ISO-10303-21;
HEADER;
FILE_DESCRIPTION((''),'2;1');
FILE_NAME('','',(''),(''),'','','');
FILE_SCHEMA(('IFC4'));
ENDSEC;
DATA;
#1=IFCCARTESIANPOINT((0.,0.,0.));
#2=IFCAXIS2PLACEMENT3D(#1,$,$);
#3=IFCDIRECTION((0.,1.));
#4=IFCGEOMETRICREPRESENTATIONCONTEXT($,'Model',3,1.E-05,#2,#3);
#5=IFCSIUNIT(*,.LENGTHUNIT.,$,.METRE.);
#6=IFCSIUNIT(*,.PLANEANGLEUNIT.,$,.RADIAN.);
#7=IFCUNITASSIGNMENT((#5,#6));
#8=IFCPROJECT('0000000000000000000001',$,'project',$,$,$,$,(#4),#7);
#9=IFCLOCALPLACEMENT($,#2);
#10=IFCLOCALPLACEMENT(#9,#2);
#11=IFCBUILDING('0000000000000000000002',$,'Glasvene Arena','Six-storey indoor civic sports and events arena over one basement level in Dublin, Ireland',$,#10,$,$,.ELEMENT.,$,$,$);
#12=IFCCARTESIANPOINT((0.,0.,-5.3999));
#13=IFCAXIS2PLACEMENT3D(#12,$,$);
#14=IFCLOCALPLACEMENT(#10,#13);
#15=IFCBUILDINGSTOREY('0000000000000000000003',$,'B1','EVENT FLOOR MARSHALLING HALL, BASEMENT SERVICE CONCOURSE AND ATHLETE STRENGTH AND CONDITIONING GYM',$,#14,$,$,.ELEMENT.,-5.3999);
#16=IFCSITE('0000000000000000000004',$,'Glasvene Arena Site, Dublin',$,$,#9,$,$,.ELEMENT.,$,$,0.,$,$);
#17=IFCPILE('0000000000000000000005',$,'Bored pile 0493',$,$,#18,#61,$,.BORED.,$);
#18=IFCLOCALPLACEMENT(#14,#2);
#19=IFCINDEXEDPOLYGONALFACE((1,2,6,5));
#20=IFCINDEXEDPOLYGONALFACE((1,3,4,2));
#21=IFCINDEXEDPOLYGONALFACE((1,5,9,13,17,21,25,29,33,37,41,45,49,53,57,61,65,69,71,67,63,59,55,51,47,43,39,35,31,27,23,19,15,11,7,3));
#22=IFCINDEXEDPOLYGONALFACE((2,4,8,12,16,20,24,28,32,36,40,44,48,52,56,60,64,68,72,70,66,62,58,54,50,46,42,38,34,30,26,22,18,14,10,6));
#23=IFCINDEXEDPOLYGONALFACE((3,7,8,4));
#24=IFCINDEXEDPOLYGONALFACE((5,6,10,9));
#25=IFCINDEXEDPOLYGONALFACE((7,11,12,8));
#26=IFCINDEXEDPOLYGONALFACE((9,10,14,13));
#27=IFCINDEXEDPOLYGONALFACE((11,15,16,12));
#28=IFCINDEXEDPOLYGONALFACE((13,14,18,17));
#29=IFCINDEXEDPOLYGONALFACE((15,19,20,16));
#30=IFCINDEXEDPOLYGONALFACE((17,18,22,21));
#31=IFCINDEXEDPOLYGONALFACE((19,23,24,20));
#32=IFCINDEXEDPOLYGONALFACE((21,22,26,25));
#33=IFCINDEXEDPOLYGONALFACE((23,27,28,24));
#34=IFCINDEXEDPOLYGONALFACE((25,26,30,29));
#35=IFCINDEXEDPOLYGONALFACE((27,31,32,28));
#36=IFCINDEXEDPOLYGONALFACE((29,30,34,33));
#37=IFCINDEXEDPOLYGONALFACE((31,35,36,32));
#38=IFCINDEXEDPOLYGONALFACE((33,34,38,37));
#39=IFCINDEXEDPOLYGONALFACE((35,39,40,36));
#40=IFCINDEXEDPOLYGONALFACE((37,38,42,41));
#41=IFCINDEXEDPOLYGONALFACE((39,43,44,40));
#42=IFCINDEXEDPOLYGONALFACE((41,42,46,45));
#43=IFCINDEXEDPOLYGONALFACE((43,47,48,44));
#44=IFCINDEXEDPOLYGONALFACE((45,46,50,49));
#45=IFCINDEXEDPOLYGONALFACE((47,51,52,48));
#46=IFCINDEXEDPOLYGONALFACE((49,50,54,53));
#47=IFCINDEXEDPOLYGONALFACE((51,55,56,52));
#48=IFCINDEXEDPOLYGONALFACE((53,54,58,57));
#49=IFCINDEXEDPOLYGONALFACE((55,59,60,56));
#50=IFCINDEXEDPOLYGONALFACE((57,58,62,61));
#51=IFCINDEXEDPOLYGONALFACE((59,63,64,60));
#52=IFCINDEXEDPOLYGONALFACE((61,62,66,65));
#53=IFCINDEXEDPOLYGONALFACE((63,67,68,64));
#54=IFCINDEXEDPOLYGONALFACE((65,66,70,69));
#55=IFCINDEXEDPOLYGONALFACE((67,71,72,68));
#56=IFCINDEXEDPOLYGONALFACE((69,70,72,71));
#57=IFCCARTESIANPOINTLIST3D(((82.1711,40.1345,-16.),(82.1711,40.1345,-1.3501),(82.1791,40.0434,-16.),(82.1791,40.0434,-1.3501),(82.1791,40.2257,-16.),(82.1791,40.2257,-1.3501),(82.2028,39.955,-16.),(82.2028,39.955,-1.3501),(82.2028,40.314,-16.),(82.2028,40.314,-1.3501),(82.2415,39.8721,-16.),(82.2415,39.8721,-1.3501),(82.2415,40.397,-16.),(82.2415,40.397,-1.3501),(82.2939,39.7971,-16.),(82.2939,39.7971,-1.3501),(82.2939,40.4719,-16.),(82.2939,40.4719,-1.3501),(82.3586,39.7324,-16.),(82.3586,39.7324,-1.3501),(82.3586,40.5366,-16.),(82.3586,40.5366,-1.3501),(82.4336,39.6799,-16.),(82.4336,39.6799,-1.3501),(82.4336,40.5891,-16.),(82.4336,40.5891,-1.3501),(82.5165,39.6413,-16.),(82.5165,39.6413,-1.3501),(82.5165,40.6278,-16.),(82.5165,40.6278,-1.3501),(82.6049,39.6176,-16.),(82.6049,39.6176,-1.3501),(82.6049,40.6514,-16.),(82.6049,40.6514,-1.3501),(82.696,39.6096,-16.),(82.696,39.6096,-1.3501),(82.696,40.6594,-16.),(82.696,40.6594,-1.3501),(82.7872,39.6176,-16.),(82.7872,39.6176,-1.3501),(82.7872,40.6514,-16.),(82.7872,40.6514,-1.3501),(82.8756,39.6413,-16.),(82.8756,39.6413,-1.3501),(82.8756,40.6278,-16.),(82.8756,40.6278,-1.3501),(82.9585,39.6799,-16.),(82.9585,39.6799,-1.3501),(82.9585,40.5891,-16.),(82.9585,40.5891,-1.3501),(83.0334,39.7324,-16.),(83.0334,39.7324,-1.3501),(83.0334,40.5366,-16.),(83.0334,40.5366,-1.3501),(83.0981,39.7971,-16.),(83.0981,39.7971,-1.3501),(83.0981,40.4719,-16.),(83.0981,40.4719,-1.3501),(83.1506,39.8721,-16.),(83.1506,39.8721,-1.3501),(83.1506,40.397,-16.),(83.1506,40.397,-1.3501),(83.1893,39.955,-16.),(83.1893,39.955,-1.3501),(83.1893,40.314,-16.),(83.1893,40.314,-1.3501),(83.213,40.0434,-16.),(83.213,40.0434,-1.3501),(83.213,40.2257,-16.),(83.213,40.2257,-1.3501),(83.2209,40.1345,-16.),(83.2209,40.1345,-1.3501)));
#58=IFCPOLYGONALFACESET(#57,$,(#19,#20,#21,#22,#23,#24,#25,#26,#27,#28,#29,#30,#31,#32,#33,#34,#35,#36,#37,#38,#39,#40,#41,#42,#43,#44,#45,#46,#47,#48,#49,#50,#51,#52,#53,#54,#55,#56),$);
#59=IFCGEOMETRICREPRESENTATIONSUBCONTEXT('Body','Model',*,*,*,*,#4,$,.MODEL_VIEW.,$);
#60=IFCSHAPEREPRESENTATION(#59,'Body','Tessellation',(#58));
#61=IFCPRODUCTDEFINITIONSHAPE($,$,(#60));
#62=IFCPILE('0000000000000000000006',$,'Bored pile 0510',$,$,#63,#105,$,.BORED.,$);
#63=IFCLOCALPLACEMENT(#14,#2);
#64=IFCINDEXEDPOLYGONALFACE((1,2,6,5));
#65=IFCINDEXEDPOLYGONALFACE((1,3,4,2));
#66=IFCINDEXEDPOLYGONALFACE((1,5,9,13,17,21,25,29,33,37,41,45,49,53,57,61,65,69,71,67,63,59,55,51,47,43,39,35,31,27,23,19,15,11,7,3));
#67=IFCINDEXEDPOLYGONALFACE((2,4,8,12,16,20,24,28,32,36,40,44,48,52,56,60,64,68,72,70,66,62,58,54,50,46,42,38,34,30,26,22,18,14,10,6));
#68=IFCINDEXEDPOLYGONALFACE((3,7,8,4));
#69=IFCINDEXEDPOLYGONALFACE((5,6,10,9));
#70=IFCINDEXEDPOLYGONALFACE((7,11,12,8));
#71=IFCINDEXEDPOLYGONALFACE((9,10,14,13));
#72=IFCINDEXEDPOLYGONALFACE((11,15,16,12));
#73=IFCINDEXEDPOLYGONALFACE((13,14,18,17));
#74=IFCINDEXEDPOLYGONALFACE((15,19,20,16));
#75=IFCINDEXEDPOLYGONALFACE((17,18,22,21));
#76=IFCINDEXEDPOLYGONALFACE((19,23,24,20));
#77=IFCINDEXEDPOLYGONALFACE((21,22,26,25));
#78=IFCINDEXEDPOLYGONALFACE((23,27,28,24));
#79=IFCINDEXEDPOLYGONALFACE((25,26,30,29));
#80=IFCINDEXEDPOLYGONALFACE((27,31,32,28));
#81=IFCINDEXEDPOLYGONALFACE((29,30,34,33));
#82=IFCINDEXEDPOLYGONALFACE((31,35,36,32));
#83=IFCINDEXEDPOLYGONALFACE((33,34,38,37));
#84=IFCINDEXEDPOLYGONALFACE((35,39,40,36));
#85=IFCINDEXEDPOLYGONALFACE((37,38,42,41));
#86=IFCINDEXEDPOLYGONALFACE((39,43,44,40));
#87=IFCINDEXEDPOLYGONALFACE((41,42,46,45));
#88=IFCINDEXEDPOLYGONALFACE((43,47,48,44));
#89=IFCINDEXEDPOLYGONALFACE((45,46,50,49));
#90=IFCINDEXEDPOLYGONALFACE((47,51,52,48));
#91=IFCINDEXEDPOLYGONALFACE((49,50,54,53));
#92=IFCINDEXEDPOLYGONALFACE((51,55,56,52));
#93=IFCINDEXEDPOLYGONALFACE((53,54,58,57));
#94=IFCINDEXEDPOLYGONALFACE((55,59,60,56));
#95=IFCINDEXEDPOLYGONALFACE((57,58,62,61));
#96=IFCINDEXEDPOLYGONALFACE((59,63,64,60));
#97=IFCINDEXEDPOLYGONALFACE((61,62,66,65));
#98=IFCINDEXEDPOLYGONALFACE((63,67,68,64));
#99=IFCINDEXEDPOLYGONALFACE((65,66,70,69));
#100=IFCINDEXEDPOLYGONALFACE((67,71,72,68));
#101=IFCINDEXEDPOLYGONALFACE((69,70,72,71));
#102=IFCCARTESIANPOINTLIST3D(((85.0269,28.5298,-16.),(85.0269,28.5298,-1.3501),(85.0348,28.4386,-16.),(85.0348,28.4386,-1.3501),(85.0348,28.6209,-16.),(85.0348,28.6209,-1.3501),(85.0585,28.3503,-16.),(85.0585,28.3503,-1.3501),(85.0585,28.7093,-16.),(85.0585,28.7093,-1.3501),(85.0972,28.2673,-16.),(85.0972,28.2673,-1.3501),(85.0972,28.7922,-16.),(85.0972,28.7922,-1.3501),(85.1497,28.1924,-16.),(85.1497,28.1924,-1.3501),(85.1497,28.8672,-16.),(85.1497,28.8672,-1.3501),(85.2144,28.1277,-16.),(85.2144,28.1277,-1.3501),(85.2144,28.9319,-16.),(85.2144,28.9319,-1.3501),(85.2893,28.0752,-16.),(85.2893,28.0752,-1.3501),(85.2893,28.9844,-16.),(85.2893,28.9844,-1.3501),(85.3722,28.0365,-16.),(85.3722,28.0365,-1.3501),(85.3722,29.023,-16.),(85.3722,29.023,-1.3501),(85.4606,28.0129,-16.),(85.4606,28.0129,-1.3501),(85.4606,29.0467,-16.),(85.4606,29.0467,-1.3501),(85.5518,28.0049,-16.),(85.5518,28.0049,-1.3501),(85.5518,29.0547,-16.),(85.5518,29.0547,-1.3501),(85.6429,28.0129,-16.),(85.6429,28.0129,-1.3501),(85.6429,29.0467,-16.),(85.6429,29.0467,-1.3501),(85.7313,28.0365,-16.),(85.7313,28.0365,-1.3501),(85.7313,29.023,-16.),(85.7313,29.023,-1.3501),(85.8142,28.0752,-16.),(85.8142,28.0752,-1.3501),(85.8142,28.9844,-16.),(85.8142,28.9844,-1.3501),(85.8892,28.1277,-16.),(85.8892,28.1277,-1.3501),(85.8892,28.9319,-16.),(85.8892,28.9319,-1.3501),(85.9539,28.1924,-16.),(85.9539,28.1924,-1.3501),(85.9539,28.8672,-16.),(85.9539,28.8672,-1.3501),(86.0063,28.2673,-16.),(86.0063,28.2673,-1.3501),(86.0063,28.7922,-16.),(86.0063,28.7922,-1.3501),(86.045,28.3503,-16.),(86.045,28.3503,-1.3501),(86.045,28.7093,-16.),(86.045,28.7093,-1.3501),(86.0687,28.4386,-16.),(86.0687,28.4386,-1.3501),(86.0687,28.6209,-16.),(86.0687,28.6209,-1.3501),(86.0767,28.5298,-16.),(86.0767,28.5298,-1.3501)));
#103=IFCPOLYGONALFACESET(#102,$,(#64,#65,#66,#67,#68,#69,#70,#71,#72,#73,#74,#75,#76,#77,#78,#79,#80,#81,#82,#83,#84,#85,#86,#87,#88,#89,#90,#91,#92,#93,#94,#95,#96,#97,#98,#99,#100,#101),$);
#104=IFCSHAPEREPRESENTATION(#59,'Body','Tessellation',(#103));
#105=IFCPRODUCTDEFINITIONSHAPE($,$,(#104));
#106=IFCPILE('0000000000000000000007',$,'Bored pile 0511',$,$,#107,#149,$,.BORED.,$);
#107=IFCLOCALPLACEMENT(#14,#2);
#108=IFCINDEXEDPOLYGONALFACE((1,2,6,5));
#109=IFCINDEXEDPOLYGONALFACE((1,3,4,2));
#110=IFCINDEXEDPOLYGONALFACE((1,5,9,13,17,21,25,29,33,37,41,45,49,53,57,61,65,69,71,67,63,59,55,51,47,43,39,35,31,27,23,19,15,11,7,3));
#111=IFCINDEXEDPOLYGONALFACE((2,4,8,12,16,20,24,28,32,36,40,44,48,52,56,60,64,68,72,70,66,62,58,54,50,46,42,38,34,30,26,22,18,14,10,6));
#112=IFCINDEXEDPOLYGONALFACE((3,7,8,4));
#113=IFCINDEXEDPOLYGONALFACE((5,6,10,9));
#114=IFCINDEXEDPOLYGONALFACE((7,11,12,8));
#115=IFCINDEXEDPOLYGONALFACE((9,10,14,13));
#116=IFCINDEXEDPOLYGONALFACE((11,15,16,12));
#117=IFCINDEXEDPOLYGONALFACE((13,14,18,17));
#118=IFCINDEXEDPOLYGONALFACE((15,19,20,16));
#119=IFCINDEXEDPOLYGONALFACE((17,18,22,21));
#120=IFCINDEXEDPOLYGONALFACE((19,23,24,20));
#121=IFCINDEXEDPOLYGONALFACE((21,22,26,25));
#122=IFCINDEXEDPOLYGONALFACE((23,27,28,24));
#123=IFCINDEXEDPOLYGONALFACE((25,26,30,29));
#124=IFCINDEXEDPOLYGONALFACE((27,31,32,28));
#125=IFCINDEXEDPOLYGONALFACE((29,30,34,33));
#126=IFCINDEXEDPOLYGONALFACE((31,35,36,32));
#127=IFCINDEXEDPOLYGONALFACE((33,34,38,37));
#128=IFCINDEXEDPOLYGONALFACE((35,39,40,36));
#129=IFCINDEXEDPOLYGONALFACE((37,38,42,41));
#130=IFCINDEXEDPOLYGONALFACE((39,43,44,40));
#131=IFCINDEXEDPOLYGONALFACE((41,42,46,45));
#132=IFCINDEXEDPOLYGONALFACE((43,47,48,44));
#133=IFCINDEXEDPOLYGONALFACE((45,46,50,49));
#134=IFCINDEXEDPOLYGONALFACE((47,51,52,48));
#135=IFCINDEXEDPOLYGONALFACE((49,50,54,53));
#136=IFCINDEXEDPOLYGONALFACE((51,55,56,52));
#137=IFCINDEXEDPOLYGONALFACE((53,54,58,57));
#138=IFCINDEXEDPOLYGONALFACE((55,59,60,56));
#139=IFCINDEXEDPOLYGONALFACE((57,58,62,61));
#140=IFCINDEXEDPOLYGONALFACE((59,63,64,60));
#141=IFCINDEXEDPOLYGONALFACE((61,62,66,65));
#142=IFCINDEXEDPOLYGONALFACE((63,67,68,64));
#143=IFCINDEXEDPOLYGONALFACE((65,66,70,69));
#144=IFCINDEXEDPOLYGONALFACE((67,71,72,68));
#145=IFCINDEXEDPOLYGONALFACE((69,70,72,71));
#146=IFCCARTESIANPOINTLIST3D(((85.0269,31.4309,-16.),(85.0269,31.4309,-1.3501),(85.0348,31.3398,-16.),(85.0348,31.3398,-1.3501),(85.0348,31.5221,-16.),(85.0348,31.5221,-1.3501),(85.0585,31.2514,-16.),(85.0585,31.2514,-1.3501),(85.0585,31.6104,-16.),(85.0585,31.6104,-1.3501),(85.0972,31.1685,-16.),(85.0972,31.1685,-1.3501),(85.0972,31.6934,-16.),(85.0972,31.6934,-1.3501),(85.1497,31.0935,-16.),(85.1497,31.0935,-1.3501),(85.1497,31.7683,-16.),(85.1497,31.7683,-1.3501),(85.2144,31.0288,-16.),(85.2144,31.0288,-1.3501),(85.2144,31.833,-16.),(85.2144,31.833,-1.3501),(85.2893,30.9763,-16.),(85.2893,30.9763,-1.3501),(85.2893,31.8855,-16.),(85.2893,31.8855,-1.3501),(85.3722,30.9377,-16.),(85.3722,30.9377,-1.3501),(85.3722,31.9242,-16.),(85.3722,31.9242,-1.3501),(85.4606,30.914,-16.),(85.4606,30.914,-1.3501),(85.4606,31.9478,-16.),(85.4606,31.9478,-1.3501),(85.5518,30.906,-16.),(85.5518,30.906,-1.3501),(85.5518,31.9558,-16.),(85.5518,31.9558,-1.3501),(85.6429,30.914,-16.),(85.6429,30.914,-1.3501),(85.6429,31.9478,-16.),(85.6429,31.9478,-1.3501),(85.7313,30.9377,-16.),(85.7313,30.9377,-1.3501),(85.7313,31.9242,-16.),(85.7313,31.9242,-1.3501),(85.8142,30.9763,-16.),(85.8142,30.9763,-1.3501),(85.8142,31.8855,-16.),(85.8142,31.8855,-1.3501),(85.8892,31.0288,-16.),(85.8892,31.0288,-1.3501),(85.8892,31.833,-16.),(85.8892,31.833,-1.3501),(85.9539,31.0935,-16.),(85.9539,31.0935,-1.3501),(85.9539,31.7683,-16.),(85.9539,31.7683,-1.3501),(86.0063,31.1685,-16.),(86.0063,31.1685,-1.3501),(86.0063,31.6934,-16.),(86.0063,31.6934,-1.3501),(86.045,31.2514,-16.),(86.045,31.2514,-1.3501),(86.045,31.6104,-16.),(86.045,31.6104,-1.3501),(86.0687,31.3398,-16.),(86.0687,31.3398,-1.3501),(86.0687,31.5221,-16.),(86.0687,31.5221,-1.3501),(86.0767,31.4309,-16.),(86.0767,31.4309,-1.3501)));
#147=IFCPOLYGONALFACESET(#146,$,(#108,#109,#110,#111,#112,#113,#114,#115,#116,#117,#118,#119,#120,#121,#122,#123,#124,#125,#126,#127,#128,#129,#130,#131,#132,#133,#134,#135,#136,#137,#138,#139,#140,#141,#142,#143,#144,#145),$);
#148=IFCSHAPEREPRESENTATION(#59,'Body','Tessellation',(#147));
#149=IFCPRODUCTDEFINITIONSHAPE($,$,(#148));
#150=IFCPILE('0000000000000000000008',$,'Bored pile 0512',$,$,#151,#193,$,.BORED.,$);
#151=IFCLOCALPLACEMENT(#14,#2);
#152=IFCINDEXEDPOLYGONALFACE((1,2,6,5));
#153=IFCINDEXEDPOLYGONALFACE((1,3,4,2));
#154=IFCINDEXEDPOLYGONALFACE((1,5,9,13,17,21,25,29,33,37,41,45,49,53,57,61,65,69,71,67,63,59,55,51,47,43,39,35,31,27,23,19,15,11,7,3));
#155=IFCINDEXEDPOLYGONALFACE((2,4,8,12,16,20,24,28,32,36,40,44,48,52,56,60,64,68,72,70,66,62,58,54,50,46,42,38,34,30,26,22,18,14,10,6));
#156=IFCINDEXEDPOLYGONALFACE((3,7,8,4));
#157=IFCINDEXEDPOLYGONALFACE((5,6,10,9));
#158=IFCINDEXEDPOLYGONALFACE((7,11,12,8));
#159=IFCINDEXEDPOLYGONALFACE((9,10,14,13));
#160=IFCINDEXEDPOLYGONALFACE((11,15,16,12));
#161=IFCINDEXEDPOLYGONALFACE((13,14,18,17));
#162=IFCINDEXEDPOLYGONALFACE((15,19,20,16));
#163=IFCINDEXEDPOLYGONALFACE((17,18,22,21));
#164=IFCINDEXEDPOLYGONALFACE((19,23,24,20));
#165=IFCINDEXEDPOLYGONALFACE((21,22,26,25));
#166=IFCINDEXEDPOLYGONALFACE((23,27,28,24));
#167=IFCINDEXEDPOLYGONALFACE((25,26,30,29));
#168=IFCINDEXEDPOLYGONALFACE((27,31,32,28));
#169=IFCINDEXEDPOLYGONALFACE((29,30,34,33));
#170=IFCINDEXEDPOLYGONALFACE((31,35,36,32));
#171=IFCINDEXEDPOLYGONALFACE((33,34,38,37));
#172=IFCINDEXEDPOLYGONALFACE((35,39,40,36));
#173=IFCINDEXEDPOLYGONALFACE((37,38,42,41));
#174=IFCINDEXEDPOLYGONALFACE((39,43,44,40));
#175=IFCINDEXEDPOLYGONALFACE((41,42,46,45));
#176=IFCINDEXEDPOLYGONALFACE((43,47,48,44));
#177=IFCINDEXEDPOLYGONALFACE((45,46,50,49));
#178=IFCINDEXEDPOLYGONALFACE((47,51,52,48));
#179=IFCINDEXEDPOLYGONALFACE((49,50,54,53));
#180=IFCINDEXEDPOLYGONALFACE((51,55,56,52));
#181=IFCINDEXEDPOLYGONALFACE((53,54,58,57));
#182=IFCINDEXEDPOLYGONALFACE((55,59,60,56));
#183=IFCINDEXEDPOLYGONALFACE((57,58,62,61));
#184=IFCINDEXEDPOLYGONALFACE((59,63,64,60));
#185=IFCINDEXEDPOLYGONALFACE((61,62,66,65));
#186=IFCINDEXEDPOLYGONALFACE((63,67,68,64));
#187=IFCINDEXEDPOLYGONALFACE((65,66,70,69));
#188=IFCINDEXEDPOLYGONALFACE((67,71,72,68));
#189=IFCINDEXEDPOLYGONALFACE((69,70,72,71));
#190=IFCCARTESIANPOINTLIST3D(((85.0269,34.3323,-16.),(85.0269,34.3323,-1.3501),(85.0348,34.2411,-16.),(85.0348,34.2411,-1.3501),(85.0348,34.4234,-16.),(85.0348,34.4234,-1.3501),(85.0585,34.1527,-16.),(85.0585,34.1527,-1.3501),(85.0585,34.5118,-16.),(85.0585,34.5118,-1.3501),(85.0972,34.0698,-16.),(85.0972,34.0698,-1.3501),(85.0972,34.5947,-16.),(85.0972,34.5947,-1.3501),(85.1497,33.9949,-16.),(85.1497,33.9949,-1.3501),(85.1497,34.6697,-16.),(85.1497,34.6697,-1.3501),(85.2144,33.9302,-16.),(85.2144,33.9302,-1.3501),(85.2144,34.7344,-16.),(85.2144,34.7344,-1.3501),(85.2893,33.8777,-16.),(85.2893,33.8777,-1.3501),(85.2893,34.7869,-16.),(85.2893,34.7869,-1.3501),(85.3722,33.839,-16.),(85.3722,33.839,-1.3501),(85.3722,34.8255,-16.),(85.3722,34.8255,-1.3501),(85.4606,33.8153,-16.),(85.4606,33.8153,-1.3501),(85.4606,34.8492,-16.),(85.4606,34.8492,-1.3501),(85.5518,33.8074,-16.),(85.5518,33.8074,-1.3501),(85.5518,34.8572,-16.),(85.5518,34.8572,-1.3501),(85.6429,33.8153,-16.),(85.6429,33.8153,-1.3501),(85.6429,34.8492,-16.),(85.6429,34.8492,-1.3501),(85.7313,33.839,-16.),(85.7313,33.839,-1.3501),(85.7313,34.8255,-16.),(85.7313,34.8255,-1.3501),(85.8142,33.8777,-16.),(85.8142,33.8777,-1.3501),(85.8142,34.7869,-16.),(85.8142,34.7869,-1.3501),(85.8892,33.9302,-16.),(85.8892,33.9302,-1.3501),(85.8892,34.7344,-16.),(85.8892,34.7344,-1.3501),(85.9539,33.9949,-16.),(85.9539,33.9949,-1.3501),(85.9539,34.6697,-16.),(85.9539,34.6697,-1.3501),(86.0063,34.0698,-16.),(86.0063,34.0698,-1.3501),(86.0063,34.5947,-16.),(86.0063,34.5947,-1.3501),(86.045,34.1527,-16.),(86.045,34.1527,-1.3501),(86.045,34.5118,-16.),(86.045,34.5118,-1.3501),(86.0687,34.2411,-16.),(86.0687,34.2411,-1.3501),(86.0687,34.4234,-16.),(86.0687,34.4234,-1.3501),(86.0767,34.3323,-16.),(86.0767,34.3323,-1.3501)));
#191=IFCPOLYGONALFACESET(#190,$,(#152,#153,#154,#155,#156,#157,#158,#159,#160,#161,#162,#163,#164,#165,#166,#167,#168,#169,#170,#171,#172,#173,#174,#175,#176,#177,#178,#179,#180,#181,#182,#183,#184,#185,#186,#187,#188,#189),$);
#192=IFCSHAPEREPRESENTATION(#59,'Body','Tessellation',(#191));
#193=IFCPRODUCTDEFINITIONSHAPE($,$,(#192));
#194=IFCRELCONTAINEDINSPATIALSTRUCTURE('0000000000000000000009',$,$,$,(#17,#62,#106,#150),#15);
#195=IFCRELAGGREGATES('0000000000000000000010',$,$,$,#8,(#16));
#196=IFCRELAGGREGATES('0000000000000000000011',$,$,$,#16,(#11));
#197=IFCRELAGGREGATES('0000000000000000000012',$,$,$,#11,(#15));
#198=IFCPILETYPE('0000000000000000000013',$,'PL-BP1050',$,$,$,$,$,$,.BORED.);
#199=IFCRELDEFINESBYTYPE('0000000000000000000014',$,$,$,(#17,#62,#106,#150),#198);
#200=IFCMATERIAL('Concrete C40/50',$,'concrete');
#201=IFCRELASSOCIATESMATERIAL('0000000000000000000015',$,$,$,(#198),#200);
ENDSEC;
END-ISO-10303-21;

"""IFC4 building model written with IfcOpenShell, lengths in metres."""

from ifc_helpers import new_model, si_unit, direction, frame, origin, origin_2d, place, context, subcontext, project, spatial, circle, extrude, material, material_profile, profile_set, type_object, element, save


model = new_model("IFC4")

# Units and contexts
model_context = context("Model", 3, precision=1e-05, world=origin(), true_north=direction((0.0, 1.0)))
body_context = subcontext(model_context, "Body", "Model", "MODEL_VIEW")
ifc_project = project(units=[si_unit("LENGTHUNIT", "METRE"), si_unit("PLANEANGLEUNIT", "RADIAN")], contexts=[model_context])

# Site, building, storey
site_placement = place(None, origin())
site = spatial("IfcSite", under=ifc_project, at=site_placement, Name="Glasvene Arena Site, Dublin", CompositionType="ELEMENT", RefElevation=0.0)
building_placement = place(site_placement, origin())
building = spatial("IfcBuilding", under=site, at=building_placement, Name="Glasvene Arena", Description="Six-storey indoor civic sports and events arena over one basement level in Dublin, Ireland", CompositionType="ELEMENT")
storey_placement = place(building_placement, frame((0.0, 0.0, -5.3999)))
storey = spatial("IfcBuildingStorey", under=building, at=storey_placement, Name="B1", Description="EVENT FLOOR MARSHALLING HALL, BASEMENT SERVICE CONCOURSE AND ATHLETE STRENGTH AND CONDITIONING GYM", CompositionType="ELEMENT", Elevation=-5.3999)

# Piles
ifc_material_1 = material(Name="Concrete C40/50", Category="concrete")
ifc_material_profile_1 = material_profile(ifc_material_1, circle(Radius=0.5249, at=origin_2d()), Name="BORED PILE 1050")
ifc_profile_set_1 = profile_set([ifc_material_profile_1], Name="Concrete C40/50")
pile_type = type_object("IfcPileType", Name="PL-BP1050", PredefinedType="BORED", material=ifc_profile_set_1)
for number, where, z_axis, x_axis, name in (
    (1, (82.696, 40.1345, -1.3501), (0.0, 0.0, -1.0), (1.0, 0.0, 0.0), "Bored pile 0493"),
    (2, (85.5518, 28.5298, -1.3501), (0.0, 0.0, -1.0), (1.0, 0.0, 0.0), "Bored pile 0510"),
    (3, (85.5518, 31.4309, -1.3501), (0.0, 0.0, -1.0), (1.0, 0.0, 0.0), "Bored pile 0511"),
    (4, (85.5518, 34.3323, -1.3501), (0.0, 0.0, -1.0), (1.0, 0.0, 0.0), "Bored pile 0512"),
):
    element("IfcPile", number, at=place(storey_placement, frame(where, z_axis=z_axis, x_axis=x_axis)), inside=storey, type_object=pile_type, Name=name, PredefinedType="BORED", context=body_context, shape_type="SweptSolid", body=[
        extrude(circle(Radius=0.5249, at=origin_2d()), origin(), (0.0, 0.0, 1.0), 14.6499),
    ])

save(model, "model.ifc")
